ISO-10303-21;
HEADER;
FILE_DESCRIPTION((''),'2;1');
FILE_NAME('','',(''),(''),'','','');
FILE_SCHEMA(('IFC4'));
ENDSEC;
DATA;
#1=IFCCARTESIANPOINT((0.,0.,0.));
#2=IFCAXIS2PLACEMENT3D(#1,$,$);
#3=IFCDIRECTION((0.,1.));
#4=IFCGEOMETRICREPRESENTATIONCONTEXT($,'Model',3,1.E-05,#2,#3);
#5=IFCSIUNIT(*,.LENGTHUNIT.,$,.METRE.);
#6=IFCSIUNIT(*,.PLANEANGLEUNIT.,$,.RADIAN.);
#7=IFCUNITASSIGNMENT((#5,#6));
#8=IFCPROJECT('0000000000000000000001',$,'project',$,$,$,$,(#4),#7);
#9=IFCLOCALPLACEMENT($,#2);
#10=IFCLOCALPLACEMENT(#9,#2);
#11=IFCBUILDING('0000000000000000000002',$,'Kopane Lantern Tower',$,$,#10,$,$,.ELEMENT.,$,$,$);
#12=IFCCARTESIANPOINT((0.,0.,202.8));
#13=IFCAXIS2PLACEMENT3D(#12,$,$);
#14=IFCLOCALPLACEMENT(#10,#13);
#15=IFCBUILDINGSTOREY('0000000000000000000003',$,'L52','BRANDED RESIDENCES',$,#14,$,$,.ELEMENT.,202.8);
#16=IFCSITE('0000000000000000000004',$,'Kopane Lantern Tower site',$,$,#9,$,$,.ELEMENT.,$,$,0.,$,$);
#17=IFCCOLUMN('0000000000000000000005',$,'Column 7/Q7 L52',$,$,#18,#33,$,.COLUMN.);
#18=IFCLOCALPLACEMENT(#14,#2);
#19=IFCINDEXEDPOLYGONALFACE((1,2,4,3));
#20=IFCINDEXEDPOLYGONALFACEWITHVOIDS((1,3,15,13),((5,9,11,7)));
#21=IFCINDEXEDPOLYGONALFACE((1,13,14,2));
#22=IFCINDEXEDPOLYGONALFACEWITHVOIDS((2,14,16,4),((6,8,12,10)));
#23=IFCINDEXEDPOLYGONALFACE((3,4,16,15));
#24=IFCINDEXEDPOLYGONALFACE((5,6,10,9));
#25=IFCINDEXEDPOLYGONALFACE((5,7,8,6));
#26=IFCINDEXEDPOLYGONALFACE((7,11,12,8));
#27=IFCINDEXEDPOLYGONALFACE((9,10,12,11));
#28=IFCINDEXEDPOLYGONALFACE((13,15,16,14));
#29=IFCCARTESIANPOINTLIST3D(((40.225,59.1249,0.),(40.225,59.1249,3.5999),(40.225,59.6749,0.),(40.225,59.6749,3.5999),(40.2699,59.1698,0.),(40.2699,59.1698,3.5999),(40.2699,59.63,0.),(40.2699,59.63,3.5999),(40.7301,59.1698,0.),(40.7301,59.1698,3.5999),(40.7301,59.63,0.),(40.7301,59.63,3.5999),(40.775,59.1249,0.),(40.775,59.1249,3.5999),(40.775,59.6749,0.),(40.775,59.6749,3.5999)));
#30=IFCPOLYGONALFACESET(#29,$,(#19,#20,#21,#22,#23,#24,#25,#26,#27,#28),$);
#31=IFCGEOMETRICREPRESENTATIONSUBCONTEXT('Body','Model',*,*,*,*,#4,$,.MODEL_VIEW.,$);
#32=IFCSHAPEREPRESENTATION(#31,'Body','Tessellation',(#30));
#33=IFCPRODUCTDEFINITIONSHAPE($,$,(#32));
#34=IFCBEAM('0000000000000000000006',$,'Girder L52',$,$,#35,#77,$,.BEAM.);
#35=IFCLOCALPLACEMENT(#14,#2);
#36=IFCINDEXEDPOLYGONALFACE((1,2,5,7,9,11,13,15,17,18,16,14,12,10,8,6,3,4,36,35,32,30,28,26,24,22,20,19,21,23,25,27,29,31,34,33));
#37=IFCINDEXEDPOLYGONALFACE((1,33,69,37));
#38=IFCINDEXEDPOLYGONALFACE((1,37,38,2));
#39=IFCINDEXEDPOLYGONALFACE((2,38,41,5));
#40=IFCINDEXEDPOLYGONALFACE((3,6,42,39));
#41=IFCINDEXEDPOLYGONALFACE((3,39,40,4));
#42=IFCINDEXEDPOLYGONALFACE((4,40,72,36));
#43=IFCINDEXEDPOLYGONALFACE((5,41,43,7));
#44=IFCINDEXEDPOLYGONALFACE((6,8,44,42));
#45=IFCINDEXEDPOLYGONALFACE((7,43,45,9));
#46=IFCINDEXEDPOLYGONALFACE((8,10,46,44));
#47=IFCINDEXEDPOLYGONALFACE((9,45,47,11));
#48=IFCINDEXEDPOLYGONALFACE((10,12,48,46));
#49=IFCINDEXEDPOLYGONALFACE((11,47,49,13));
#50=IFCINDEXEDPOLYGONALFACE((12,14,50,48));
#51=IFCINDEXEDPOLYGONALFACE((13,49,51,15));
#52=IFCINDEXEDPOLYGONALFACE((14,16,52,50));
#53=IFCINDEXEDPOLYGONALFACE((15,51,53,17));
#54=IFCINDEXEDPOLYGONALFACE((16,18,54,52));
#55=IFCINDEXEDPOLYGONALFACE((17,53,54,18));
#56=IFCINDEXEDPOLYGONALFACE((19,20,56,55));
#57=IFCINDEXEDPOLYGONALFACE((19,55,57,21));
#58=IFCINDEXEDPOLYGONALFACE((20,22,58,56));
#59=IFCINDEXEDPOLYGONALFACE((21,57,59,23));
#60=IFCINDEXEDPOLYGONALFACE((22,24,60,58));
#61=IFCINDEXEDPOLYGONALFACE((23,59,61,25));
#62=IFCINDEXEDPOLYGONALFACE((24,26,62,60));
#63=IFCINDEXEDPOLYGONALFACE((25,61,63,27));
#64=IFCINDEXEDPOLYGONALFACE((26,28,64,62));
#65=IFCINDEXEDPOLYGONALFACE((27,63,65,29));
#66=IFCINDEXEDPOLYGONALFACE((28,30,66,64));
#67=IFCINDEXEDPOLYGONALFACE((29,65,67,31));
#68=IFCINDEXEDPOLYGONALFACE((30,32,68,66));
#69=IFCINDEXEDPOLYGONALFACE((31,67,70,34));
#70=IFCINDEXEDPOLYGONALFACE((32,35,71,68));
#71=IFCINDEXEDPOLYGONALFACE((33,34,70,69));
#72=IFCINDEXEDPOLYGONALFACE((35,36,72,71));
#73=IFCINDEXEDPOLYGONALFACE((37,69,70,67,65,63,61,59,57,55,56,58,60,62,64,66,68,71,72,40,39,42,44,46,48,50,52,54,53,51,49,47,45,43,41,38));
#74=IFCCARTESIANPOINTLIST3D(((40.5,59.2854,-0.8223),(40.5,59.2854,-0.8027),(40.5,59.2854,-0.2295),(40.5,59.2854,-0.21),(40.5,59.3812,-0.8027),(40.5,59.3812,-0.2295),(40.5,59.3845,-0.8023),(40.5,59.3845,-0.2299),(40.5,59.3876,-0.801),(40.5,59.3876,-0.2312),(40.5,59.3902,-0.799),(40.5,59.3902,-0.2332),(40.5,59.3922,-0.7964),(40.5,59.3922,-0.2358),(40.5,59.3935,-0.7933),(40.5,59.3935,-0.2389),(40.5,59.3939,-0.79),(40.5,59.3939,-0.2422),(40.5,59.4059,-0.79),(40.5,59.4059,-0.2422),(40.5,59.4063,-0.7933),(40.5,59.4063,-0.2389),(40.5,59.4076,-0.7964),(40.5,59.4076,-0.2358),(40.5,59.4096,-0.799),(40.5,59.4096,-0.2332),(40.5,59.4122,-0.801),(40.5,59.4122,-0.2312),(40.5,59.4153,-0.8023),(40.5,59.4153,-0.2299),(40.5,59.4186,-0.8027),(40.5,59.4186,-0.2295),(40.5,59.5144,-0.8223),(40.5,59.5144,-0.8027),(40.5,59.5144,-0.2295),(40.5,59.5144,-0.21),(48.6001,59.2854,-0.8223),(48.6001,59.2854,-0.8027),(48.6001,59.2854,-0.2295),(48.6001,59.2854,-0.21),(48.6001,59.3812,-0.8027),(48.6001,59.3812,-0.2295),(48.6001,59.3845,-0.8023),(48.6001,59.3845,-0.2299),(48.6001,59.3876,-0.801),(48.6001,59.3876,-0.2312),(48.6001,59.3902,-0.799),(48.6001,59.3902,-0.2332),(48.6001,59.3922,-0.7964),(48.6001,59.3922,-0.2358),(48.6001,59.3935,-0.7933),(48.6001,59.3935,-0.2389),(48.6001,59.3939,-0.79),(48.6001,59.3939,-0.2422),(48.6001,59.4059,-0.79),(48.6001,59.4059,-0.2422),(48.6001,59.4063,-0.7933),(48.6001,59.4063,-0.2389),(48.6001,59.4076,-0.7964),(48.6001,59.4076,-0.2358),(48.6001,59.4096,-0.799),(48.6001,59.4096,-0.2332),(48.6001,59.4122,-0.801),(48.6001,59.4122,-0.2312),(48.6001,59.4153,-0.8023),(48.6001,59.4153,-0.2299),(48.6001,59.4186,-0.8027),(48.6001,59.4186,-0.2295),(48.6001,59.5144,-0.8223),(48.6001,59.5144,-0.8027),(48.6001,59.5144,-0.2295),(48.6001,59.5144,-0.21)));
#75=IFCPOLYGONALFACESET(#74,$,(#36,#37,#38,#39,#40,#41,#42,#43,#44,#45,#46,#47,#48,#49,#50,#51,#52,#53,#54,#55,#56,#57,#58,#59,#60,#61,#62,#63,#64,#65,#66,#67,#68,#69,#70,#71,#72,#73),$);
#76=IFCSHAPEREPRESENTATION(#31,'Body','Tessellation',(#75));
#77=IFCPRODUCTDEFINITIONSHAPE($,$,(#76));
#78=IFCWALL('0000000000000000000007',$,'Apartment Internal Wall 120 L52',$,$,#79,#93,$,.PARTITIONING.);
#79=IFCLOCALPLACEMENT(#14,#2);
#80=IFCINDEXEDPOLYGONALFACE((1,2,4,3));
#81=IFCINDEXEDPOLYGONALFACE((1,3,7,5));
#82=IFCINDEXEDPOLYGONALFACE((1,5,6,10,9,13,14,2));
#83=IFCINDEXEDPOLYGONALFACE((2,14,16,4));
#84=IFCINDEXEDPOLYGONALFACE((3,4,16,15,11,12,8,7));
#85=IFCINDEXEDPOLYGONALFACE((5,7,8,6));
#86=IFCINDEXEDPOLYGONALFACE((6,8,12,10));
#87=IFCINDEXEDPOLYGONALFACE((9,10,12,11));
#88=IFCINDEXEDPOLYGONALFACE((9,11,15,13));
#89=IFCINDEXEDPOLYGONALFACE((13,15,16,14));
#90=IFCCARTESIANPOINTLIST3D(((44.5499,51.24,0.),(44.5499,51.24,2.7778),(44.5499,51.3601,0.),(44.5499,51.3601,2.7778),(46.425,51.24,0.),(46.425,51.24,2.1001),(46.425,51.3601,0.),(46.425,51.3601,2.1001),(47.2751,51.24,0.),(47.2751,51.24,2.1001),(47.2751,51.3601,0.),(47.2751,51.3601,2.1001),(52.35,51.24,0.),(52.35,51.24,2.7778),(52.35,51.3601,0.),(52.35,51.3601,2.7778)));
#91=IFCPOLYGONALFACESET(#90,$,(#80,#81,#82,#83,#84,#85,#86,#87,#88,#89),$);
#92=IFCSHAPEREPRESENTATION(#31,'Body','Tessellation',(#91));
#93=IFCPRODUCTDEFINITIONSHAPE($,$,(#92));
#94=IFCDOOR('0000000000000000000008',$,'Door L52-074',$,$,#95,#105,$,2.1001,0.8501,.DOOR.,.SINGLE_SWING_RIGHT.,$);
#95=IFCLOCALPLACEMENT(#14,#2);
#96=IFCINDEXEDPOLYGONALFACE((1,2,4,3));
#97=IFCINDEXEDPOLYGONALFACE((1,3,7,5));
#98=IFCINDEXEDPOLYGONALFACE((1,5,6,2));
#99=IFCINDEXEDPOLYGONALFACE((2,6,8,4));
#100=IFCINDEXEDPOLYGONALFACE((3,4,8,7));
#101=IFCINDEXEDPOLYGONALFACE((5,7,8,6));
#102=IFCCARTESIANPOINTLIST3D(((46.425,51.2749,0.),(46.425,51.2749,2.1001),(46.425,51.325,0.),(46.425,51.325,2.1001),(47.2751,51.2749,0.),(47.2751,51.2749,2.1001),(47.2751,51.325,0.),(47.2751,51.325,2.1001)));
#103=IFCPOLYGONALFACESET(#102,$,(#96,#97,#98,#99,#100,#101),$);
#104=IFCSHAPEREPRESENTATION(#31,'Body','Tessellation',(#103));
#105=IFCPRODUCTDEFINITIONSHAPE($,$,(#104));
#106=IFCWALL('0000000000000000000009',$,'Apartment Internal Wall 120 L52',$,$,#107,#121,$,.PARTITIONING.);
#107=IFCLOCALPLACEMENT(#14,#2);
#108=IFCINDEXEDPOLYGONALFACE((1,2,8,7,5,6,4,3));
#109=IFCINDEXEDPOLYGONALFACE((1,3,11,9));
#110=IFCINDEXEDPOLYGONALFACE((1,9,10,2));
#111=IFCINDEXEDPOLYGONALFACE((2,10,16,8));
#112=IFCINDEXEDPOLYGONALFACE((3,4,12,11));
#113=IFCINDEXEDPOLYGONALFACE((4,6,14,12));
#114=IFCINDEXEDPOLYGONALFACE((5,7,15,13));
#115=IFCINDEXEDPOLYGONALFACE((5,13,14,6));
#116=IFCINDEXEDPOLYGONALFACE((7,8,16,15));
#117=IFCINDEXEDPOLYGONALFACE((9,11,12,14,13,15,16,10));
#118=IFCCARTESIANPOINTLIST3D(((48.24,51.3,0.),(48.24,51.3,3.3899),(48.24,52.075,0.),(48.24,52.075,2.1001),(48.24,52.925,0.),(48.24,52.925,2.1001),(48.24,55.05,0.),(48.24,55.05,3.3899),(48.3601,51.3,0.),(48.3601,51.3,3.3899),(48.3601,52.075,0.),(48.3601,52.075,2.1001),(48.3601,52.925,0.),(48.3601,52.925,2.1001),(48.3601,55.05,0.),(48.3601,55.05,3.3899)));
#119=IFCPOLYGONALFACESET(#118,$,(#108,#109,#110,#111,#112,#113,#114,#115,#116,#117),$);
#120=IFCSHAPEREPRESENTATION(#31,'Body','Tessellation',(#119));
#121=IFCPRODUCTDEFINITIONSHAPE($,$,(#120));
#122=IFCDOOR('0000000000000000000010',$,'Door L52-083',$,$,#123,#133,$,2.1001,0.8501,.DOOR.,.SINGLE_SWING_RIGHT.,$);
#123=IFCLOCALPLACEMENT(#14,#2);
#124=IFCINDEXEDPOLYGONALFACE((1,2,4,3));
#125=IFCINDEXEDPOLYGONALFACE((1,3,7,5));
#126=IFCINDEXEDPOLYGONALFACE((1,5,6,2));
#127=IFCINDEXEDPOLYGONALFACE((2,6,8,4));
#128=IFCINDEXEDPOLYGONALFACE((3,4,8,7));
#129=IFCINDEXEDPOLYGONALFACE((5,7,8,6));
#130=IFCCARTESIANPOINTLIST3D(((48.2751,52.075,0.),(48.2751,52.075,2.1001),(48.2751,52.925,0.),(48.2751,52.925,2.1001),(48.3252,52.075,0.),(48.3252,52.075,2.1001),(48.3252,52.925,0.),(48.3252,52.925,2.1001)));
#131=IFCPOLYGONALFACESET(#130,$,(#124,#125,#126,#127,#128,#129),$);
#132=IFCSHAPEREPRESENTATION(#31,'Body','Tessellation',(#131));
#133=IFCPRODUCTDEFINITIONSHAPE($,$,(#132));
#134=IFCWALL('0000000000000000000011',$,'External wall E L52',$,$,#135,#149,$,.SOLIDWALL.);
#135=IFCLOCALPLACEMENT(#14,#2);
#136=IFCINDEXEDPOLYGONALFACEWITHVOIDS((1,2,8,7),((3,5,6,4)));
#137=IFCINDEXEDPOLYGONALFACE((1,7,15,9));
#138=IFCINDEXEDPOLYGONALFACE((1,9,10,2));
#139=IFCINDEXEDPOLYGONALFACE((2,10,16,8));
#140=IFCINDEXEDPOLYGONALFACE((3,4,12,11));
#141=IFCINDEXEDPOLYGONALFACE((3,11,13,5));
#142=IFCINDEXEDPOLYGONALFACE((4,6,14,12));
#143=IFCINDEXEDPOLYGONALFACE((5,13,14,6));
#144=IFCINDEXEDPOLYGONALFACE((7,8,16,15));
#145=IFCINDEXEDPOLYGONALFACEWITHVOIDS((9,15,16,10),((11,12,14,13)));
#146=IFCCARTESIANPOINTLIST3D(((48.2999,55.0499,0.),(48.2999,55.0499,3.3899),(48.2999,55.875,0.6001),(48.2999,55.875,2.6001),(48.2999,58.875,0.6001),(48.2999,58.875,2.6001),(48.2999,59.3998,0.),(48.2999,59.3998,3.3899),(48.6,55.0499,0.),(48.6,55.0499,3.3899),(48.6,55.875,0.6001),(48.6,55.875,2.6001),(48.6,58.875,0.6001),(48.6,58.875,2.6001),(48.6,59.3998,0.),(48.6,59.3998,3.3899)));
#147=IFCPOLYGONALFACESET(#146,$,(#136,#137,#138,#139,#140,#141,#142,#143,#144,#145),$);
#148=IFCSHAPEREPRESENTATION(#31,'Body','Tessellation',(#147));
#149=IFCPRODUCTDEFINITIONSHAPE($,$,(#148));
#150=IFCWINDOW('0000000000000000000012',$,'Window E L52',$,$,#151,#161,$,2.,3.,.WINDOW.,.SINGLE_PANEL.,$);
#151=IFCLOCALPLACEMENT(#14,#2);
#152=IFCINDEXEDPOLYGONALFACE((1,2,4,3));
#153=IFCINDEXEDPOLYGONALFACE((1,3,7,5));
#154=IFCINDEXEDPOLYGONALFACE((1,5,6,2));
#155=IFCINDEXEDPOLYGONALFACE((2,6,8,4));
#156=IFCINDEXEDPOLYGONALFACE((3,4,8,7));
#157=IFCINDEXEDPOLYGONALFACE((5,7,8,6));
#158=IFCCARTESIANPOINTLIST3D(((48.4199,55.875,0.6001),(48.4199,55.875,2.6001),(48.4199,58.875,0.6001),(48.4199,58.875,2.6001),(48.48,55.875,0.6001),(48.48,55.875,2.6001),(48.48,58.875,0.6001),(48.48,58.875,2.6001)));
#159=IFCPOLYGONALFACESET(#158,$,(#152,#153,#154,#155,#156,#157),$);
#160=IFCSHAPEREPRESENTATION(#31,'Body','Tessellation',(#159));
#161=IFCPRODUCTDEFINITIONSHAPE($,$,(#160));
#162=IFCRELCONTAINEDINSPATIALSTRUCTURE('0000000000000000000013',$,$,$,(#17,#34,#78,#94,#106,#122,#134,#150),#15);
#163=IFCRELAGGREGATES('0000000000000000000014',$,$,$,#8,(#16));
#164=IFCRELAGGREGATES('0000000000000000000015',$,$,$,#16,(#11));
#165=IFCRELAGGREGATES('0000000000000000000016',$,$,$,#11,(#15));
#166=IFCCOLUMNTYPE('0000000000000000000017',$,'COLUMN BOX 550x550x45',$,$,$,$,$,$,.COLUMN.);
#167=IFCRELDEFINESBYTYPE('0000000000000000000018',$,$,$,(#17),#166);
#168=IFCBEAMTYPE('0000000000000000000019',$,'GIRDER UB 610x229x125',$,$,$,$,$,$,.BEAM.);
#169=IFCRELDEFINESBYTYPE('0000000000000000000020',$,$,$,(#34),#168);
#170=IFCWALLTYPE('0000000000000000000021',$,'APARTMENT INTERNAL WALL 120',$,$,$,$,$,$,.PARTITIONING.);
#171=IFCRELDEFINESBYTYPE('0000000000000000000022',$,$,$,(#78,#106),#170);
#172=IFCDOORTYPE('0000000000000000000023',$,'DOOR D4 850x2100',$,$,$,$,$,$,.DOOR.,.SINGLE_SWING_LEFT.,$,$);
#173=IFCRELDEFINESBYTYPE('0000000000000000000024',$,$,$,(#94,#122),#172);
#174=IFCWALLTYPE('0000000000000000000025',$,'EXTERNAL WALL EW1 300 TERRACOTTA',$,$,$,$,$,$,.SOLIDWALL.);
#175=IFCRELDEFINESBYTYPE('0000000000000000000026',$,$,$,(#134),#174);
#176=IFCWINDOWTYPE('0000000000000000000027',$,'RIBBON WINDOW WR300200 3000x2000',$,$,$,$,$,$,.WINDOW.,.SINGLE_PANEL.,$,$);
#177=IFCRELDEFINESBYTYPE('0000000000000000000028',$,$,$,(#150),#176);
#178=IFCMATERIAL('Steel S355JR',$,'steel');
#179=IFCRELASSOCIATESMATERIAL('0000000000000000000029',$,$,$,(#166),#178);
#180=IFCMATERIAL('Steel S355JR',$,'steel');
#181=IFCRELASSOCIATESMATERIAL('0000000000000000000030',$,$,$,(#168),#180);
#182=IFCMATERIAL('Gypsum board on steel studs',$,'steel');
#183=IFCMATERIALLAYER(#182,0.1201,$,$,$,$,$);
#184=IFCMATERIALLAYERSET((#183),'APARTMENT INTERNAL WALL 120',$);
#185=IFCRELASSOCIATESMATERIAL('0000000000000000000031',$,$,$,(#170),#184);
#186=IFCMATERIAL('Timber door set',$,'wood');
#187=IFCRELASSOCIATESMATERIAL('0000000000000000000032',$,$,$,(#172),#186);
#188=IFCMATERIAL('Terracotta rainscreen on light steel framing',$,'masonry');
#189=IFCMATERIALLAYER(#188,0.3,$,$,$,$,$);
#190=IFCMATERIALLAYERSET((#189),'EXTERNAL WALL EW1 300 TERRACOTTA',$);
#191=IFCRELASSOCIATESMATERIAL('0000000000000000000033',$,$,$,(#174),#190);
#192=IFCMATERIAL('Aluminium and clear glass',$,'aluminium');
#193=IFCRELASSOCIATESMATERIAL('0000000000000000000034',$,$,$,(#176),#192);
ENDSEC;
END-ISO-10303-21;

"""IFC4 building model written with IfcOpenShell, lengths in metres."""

from ifc_helpers import new_model, si_unit, direction, frame, frame_2d, origin, origin_2d, place, context, subcontext, project, spatial, rectangle, hollow_rectangle, i_section, extrude, material, layer, layer_set, material_profile, profile_set, type_object, element, fill, save


model = new_model("IFC4")

# Units and contexts
model_context = context("Model", 3, precision=1e-05, world=origin(), true_north=direction((0.0, 1.0)))
body_context = subcontext(model_context, "Body", "Model", "MODEL_VIEW")
ifc_project = project(units=[si_unit("LENGTHUNIT", "METRE"), si_unit("PLANEANGLEUNIT", "RADIAN")], contexts=[model_context])

# Site, building, storey
site_placement = place(None, origin())
site = spatial("IfcSite", under=ifc_project, at=site_placement, Name="Kopane Lantern Tower site", CompositionType="ELEMENT", RefElevation=0.0)
building_placement = place(site_placement, origin())
building = spatial("IfcBuilding", under=site, at=building_placement, Name="Kopane Lantern Tower", CompositionType="ELEMENT")
storey_placement = place(building_placement, frame((0.0, 0.0, 202.8)))
storey = spatial("IfcBuildingStorey", under=building, at=storey_placement, Name="L52", Description="BRANDED RESIDENCES", CompositionType="ELEMENT", Elevation=202.8)

# Column
ifc_material_1 = material(Name="Steel S355JR", Category="steel")
ifc_material_profile_1 = material_profile(ifc_material_1, hollow_rectangle(XDim=0.55, YDim=0.55, WallThickness=0.0449, at=origin_2d()), Name="BOX 550x550x45")
ifc_profile_set_1 = profile_set([ifc_material_profile_1], Name="Steel S355JR")
column_type = type_object("IfcColumnType", Name="COLUMN BOX 550x550x45", PredefinedType="COLUMN", material=ifc_profile_set_1)
column_placement = place(storey_placement, frame((40.5, 59.3999, 0.0), z_axis=(0.0, 0.0, 1.0), x_axis=(1.0, 0.0, 0.0)))
element("IfcColumn", 1, at=column_placement, inside=storey, type_object=column_type, Name="Column 7/Q7 L52", PredefinedType="COLUMN", context=body_context, shape_type="SweptSolid", body=[
    extrude(hollow_rectangle(XDim=0.55, YDim=0.55, WallThickness=0.0449, at=origin_2d()), origin(), (0.0, 0.0, 1.0), 3.5999),
])

# Beam
ifc_material_2 = material(Name="Steel S355JR", Category="steel")
ifc_material_profile_2 = material_profile(ifc_material_2, i_section(OverallWidth=0.229, OverallDepth=0.6123, WebThickness=0.012, FlangeThickness=0.0195, FilletRadius=0.0127, at=origin_2d()), Name="UB 610x229x125")
ifc_profile_set_2 = profile_set([ifc_material_profile_2], Name="Steel S355JR")
beam_type = type_object("IfcBeamType", Name="GIRDER UB 610x229x125", PredefinedType="BEAM", material=ifc_profile_set_2)
beam_placement = place(storey_placement, frame((40.5, 59.3999, -0.5161), z_axis=(1.0, 0.0, 0.0), x_axis=(0.0, 1.0, 0.0)))
element("IfcBeam", 2, at=beam_placement, inside=storey, type_object=beam_type, Name="Girder L52", PredefinedType="BEAM", context=body_context, shape_type="SweptSolid", body=[
    extrude(i_section(OverallWidth=0.229, OverallDepth=0.6123, WebThickness=0.012, FlangeThickness=0.0195, FilletRadius=0.0127, at=origin_2d()), origin(), (0.0, 0.0, 1.0), 8.1001),
])

# Walls, openings, doors
ifc_material_3 = material(Name="Gypsum board on steel studs", Category="steel")
ifc_layer_1 = layer(ifc_material_3, 0.1201)
ifc_layer_set_1 = layer_set([ifc_layer_1], Name="APARTMENT INTERNAL WALL 120")
wall_type_1 = type_object("IfcWallType", Name="APARTMENT INTERNAL WALL 120", PredefinedType="PARTITIONING", material=ifc_layer_set_1)
wall_1_placement = place(storey_placement, frame((44.55, 51.3, 0.0), z_axis=(0.0, 0.0, 1.0), x_axis=(1.0, 0.0, 0.0)))
wall_1 = element("IfcWall", 3, at=wall_1_placement, inside=storey, type_object=wall_type_1, Name="Apartment Internal Wall 120 L52", PredefinedType="PARTITIONING", context=body_context, shape_type="SweptSolid", body=[
    extrude(rectangle(XDim=7.8, YDim=0.1201, at=frame_2d((3.8999, 0.0))), origin(), (0.0, 0.0, 1.0), 2.7778),
])
opening_1_placement = place(wall_1_placement, frame((1.875, 0.0, 0.0)))
opening_1 = element("IfcOpeningElement", 4, at=opening_1_placement, cuts=wall_1, PredefinedType="OPENING", context=body_context, shape_type="SweptSolid", body=[
    extrude(rectangle(XDim=0.8501, YDim=2.1001, at=frame_2d((0.425, 1.05))), frame((0.0, 0.0701, 0.0), z_axis=(0.0, -1.0, 0.0), x_axis=(1.0, 0.0, 0.0)), (0.0, 0.0, 1.0), 0.1401),
])
ifc_material_4 = material(Name="Timber door set", Category="wood")
door_type = type_object("IfcDoorType", Name="DOOR D4 850x2100", OperationType="SINGLE_SWING_LEFT", PredefinedType="DOOR", material=ifc_material_4)
door_1_placement = place(opening_1_placement, origin())
door_1 = element("IfcDoor", 5, at=door_1_placement, inside=storey, type_object=door_type, Name="Door L52-074", OperationType="SINGLE_SWING_RIGHT", OverallHeight=2.1001, OverallWidth=0.8501, PredefinedType="DOOR", context=body_context, shape_type="SweptSolid", body=[
    extrude(rectangle(XDim=0.8501, YDim=2.1001, at=frame_2d((0.425, 1.05))), frame((0.0, 0.0249, 0.0), z_axis=(0.0, -1.0, 0.0), x_axis=(1.0, 0.0, 0.0)), (0.0, 0.0, 1.0), 0.05),
])
fill(opening_1, door_1)
wall_2_placement = place(storey_placement, frame((48.3, 51.3, 0.0), z_axis=(0.0, 0.0, 1.0), x_axis=(0.0, 1.0, 0.0)))
wall_2 = element("IfcWall", 6, at=wall_2_placement, inside=storey, type_object=wall_type_1, Name="Apartment Internal Wall 120 L52", PredefinedType="PARTITIONING", context=body_context, shape_type="SweptSolid", body=[
    extrude(rectangle(XDim=3.75, YDim=0.1201, at=frame_2d((1.875, 0.0))), origin(), (0.0, 0.0, 1.0), 3.3899),
])
opening_2_placement = place(wall_2_placement, frame((0.7749, 0.0, 0.0)))
opening_2 = element("IfcOpeningElement", 7, at=opening_2_placement, cuts=wall_2, PredefinedType="OPENING", context=body_context, shape_type="SweptSolid", body=[
    extrude(rectangle(XDim=0.8501, YDim=2.1001, at=frame_2d((0.425, 1.05))), frame((0.0, 0.0701, 0.0), z_axis=(0.0, -1.0, 0.0), x_axis=(1.0, 0.0, 0.0)), (0.0, 0.0, 1.0), 0.1401),
])
door_2_placement = place(opening_2_placement, origin())
door_2 = element("IfcDoor", 8, at=door_2_placement, inside=storey, type_object=door_type, Name="Door L52-083", OperationType="SINGLE_SWING_RIGHT", OverallHeight=2.1001, OverallWidth=0.8501, PredefinedType="DOOR", context=body_context, shape_type="SweptSolid", body=[
    extrude(rectangle(XDim=0.8501, YDim=2.1001, at=frame_2d((0.425, 1.05))), frame((0.0, 0.0249, 0.0), z_axis=(0.0, -1.0, 0.0), x_axis=(1.0, 0.0, 0.0)), (0.0, 0.0, 1.0), 0.05),
])
fill(opening_2, door_2)

# Wall, opening, window
ifc_material_5 = material(Name="Terracotta rainscreen on light steel framing", Category="masonry")
ifc_layer_2 = layer(ifc_material_5, 0.3)
ifc_layer_set_2 = layer_set([ifc_layer_2], Name="EXTERNAL WALL EW1 300 TERRACOTTA")
wall_type_2 = type_object("IfcWallType", Name="EXTERNAL WALL EW1 300 TERRACOTTA", PredefinedType="SOLIDWALL", material=ifc_layer_set_2)
wall_3_placement = place(storey_placement, frame((48.45, 55.05, 0.0), z_axis=(0.0, 0.0, 1.0), x_axis=(0.0, 1.0, 0.0)))
wall_3 = element("IfcWall", 9, at=wall_3_placement, inside=storey, type_object=wall_type_2, Name="External wall E L52", PredefinedType="SOLIDWALL", context=body_context, shape_type="SweptSolid", body=[
    extrude(rectangle(XDim=4.3499, YDim=0.3, at=frame_2d((2.1748, 0.0))), origin(), (0.0, 0.0, 1.0), 3.3899),
])
opening_3_placement = place(wall_3_placement, frame((0.825, 0.0, 0.6001)))
opening_3 = element("IfcOpeningElement", 10, at=opening_3_placement, cuts=wall_3, PredefinedType="OPENING", context=body_context, shape_type="SweptSolid", body=[
    extrude(rectangle(XDim=3.0, YDim=2.0, at=frame_2d((1.5, 1.0))), frame((0.0, 0.1599, 0.0), z_axis=(0.0, -1.0, 0.0), x_axis=(1.0, 0.0, 0.0)), (0.0, 0.0, 1.0), 0.3201),
])
ifc_material_6 = material(Name="Aluminium and clear glass", Category="aluminium")
window_type_1 = type_object("IfcWindowType", Name="RIBBON WINDOW WR300200 3000x2000", PartitioningType="SINGLE_PANEL", PredefinedType="WINDOW", material=ifc_material_6)
window_1_placement = place(opening_3_placement, origin())
window_1 = element("IfcWindow", 11, at=window_1_placement, inside=storey, type_object=window_type_1, Name="Window E L52", OverallHeight=2.0, OverallWidth=3.0, PartitioningType="SINGLE_PANEL", PredefinedType="WINDOW", context=body_context, shape_type="SweptSolid", body=[
    extrude(rectangle(XDim=3.0, YDim=2.0, at=frame_2d((1.5, 1.0))), frame((0.0, 0.03, 0.0), z_axis=(0.0, -1.0, 0.0), x_axis=(1.0, 0.0, 0.0)), (0.0, 0.0, 1.0), 0.0601),
])
fill(opening_3, window_1)

save(model, "model.ifc")
